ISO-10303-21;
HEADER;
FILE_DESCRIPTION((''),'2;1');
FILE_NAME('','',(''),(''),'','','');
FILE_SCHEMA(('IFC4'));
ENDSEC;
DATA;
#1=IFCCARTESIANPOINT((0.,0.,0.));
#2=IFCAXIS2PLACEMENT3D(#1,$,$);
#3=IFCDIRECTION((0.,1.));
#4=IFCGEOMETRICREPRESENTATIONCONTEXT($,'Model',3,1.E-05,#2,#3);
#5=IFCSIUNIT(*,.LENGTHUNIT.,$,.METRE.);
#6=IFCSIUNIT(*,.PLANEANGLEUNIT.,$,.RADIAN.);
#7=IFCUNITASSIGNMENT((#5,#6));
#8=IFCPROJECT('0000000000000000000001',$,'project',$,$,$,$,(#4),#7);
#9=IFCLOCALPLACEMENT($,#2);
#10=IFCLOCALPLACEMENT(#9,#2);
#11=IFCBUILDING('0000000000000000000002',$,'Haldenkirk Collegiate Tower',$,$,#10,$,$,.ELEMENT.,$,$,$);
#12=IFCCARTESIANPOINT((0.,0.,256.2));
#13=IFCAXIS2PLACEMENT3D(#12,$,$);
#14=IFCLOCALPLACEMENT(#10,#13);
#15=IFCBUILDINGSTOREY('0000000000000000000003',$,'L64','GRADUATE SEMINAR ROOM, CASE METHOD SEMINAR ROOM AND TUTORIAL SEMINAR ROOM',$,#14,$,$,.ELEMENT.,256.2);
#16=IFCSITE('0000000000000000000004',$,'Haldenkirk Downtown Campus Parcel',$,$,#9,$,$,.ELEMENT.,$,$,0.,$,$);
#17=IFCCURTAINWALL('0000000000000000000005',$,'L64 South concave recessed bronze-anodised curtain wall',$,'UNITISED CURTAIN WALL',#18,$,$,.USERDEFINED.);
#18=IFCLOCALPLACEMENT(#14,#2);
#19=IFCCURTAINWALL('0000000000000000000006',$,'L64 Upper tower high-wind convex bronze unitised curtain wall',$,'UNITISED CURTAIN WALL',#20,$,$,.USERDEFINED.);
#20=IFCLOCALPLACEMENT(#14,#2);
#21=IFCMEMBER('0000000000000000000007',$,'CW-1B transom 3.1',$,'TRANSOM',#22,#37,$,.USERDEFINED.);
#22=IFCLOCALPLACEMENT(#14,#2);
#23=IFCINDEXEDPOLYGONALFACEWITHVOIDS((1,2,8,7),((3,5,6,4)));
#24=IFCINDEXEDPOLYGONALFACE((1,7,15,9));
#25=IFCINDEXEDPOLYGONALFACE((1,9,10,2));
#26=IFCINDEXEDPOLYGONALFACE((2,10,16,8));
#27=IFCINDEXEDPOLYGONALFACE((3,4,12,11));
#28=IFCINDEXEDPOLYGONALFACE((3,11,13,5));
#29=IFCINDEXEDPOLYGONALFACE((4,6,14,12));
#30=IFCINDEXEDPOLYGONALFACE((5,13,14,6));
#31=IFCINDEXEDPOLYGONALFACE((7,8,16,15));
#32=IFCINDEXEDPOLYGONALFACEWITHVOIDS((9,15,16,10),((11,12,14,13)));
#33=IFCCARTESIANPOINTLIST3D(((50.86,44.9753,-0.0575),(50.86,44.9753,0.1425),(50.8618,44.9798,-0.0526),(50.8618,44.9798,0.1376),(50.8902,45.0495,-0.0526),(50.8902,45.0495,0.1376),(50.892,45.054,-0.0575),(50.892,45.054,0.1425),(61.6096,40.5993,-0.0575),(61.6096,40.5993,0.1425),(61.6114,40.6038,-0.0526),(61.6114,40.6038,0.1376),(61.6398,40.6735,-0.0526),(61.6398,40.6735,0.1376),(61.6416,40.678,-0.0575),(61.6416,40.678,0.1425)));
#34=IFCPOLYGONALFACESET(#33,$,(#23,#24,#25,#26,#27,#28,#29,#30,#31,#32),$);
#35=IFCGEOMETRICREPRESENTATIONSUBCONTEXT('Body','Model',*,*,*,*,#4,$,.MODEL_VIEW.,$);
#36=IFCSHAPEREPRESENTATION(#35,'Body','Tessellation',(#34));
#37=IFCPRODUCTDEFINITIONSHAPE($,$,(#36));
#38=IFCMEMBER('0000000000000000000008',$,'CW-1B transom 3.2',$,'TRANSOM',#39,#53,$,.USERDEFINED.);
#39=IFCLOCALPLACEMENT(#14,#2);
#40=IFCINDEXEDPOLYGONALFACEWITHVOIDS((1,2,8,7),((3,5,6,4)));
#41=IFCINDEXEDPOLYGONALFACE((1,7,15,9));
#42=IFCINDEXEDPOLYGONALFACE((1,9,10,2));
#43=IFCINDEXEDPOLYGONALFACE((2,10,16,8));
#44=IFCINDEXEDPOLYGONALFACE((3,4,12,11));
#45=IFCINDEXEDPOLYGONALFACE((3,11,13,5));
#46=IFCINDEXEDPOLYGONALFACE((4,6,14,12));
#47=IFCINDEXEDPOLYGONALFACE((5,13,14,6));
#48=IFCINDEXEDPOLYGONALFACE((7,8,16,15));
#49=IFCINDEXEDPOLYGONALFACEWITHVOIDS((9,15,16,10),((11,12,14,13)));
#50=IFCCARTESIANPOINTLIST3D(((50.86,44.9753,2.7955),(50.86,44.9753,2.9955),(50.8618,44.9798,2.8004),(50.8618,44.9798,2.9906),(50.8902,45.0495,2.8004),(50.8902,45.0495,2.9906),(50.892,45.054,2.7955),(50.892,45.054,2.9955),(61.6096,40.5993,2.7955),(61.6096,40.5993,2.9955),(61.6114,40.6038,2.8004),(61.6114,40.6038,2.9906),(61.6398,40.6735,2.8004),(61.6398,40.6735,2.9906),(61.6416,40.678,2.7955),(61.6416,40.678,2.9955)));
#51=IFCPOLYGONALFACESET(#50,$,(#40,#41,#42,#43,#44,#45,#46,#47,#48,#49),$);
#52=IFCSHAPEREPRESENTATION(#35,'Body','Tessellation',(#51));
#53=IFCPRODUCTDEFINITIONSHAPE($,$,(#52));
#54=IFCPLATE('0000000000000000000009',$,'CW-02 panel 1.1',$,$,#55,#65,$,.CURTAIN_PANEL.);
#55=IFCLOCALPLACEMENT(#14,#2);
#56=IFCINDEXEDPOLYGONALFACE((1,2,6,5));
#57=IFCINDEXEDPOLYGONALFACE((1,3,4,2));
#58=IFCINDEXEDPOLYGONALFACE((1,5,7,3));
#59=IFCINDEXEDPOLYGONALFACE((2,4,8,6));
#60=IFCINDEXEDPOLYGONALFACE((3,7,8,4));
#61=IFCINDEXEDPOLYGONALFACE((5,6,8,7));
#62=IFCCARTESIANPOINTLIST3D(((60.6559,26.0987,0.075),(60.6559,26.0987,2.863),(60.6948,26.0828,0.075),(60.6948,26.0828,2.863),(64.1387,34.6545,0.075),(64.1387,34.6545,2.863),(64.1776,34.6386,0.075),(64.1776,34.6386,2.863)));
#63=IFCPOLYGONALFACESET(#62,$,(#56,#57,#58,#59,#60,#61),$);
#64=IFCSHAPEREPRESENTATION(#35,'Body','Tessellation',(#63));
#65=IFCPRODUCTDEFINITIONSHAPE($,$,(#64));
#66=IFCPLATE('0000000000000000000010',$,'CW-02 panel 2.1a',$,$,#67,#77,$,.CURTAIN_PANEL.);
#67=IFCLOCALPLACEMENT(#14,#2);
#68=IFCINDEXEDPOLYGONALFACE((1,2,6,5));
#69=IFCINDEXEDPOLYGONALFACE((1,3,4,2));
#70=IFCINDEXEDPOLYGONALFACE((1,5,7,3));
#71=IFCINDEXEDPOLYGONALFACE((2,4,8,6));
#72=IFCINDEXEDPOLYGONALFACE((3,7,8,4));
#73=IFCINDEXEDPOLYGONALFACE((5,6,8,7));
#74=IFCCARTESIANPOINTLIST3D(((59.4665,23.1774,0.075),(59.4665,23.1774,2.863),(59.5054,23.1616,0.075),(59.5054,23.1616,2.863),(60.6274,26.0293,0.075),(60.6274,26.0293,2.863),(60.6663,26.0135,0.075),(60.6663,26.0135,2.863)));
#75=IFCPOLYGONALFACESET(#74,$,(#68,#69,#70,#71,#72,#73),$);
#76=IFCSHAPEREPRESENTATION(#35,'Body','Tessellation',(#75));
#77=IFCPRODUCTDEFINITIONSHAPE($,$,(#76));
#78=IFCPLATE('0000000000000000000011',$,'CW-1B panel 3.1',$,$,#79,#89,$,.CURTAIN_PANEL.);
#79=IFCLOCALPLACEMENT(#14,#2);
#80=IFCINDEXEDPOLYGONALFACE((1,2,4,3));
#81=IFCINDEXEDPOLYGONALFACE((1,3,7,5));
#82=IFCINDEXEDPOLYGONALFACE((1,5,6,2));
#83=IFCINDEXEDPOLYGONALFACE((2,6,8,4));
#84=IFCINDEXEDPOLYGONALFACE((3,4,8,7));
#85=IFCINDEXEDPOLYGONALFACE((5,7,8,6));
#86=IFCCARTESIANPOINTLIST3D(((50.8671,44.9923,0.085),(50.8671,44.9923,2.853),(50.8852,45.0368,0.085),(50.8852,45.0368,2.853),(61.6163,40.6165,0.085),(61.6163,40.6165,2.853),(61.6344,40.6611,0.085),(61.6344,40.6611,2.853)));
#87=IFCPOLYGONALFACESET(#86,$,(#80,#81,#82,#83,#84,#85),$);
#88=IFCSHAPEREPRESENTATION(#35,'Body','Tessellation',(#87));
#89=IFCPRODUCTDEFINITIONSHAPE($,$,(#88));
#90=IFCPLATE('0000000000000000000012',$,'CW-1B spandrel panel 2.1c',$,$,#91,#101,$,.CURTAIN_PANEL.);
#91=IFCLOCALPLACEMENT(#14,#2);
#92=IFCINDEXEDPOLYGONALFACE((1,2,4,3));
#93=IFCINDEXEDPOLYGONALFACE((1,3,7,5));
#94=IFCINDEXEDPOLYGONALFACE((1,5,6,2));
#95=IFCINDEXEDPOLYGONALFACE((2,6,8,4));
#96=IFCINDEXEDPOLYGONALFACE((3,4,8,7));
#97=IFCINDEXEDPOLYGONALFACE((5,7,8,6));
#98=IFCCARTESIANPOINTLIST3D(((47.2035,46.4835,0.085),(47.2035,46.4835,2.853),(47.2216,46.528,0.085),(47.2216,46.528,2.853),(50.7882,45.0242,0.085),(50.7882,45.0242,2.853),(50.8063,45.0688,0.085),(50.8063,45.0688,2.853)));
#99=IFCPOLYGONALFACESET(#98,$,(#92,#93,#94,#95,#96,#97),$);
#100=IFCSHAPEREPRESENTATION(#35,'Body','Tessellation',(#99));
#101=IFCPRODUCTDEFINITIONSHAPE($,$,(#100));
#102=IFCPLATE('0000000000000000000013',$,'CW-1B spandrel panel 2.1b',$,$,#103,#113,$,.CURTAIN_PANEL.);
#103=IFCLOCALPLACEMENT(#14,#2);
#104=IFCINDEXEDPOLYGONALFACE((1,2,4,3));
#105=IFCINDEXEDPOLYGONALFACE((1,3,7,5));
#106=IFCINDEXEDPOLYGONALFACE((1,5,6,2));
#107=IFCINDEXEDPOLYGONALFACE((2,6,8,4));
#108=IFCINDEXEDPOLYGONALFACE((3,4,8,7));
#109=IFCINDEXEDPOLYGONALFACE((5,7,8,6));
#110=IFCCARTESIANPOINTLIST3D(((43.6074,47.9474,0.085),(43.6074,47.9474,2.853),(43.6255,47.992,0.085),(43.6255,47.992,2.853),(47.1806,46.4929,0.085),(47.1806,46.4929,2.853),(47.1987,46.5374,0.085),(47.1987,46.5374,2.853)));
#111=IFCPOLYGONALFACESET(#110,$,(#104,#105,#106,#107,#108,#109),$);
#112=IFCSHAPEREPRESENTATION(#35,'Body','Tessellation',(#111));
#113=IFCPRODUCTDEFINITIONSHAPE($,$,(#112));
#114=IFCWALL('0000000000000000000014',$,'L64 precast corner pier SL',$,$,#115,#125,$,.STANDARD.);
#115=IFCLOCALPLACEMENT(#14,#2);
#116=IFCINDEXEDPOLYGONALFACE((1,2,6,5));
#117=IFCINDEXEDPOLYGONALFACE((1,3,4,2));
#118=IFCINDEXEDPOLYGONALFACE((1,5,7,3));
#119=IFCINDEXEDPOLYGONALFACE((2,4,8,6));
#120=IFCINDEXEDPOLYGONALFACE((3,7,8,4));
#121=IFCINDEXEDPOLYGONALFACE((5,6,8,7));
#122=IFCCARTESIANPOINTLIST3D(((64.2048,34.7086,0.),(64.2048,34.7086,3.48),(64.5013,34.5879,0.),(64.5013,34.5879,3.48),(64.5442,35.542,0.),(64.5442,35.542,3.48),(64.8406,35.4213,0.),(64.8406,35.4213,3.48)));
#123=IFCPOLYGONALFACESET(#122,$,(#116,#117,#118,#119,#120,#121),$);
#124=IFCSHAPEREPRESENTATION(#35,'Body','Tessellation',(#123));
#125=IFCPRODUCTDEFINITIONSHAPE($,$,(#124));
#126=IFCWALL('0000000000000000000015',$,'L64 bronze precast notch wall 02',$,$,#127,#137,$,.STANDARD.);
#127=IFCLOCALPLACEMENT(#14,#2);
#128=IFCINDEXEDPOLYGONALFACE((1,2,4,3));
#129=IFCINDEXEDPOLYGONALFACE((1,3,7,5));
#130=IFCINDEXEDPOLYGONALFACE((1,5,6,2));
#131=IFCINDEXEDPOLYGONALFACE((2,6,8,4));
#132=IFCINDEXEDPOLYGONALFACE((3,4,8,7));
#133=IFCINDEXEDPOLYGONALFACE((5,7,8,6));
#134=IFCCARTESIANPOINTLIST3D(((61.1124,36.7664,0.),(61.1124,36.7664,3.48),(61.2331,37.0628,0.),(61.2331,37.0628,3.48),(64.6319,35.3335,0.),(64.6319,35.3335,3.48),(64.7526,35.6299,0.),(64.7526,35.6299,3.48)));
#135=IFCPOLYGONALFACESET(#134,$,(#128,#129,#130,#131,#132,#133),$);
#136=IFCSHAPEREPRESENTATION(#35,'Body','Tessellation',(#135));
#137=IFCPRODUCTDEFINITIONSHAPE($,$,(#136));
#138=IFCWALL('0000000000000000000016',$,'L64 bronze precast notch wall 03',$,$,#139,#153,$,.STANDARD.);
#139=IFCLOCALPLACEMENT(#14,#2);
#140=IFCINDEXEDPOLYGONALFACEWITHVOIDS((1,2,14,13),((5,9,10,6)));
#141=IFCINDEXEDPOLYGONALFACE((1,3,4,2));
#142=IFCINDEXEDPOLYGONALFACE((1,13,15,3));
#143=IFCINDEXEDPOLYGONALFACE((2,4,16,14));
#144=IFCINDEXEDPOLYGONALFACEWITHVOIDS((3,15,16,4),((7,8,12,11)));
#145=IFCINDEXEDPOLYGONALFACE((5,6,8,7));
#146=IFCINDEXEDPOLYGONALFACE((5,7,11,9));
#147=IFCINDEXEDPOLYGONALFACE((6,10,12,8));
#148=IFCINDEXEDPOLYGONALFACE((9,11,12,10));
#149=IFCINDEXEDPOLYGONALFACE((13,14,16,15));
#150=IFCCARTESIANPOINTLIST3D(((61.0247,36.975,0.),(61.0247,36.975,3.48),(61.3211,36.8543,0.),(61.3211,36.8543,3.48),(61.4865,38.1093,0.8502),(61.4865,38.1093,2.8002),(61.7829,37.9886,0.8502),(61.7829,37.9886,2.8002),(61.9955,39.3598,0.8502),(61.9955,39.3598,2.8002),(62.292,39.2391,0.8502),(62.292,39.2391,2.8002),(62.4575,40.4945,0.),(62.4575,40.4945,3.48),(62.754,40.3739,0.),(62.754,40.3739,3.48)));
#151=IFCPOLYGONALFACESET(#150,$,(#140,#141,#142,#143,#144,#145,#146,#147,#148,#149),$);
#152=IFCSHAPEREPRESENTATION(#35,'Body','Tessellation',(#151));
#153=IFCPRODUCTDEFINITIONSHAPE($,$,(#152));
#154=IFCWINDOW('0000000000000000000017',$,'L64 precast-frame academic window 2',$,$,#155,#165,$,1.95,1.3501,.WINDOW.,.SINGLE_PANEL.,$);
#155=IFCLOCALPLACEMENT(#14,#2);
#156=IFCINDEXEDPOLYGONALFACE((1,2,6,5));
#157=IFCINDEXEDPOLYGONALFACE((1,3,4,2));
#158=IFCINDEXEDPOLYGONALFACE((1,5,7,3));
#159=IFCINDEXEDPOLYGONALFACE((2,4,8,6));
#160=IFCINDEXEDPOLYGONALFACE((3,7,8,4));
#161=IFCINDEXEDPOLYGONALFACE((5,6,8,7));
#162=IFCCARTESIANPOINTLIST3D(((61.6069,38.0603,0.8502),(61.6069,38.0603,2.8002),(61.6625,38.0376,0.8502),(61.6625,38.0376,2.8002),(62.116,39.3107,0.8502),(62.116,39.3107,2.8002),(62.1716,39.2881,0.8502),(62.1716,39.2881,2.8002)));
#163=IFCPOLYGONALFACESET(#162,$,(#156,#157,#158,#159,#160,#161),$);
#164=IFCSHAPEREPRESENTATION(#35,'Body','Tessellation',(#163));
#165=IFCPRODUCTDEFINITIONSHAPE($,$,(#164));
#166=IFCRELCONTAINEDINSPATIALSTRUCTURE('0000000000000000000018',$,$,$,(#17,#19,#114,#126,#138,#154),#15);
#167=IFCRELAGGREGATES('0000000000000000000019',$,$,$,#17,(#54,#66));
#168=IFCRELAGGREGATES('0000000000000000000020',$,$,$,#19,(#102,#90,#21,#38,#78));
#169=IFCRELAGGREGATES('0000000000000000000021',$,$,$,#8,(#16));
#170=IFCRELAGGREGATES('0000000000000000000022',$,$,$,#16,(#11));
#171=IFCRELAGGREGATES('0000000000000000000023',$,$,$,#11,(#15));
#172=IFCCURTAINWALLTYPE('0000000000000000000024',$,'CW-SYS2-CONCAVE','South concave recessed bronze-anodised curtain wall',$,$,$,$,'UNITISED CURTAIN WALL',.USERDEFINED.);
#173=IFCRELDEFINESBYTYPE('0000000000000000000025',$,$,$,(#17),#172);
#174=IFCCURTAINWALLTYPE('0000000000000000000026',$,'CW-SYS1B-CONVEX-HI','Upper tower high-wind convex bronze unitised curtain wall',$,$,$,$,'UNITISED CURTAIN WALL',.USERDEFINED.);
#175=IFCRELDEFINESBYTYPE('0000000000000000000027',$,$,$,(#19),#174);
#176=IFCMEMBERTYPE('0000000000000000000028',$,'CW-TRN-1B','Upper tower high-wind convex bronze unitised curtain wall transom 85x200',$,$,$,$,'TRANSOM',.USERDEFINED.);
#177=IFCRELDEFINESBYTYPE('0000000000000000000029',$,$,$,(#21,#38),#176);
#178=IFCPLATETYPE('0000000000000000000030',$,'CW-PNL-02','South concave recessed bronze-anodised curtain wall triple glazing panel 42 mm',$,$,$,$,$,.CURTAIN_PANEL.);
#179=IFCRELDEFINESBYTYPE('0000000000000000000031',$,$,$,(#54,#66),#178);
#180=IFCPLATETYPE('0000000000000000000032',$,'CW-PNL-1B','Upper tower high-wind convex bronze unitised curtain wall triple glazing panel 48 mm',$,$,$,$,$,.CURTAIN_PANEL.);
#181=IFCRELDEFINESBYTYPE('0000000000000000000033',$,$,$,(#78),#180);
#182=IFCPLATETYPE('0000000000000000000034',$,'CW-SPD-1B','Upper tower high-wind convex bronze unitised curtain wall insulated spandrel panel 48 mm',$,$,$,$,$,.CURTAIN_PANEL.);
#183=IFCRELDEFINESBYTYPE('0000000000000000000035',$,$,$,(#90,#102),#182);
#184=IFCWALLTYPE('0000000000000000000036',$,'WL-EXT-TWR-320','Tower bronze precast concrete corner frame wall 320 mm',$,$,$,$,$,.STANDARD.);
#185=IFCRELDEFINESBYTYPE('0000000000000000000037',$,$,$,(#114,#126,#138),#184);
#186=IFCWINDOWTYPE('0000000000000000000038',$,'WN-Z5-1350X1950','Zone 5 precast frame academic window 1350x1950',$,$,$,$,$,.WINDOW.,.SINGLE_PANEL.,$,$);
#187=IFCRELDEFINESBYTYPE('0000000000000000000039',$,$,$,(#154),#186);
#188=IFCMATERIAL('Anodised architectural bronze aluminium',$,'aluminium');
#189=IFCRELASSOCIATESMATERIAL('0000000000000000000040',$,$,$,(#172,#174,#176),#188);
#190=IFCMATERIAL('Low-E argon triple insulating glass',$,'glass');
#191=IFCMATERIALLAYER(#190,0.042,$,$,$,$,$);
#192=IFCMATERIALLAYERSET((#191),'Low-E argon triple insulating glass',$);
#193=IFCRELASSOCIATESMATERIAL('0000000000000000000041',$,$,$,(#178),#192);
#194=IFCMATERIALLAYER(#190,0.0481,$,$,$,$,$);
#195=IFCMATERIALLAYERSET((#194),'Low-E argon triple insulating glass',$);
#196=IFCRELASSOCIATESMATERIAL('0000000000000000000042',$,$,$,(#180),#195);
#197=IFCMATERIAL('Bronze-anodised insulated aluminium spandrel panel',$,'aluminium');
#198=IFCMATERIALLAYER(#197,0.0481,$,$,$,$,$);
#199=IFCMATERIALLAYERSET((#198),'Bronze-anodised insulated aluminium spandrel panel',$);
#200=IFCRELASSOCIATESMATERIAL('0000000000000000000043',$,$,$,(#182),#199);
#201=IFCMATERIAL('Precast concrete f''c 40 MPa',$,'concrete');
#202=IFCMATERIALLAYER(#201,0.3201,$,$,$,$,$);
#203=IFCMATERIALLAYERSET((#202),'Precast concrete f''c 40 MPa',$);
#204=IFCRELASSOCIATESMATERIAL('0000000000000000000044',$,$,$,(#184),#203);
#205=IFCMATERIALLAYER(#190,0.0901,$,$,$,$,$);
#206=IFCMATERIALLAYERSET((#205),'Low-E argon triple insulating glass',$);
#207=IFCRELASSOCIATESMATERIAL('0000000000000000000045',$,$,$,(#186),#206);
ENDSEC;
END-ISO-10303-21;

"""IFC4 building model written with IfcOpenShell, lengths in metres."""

from ifc_helpers import new_model, si_unit, direction, frame, frame_2d, origin, origin_2d, place, context, subcontext, project, spatial, rectangle, hollow_rectangle, extrude, source, transform, mapped, material, layer, layer_set, material_profile, profile_set, type_object, element, fill, aggregate, save


model = new_model("IFC4")

# Units and contexts
model_context = context("Model", 3, precision=1e-05, world=origin(), true_north=direction((0.0, 1.0)))
body_context = subcontext(model_context, "Body", "Model", "MODEL_VIEW")
ifc_project = project(units=[si_unit("LENGTHUNIT", "METRE"), si_unit("PLANEANGLEUNIT", "RADIAN")], contexts=[model_context])

# Site, building, storey
site_placement = place(None, origin())
site = spatial("IfcSite", under=ifc_project, at=site_placement, Name="Haldenkirk Downtown Campus Parcel", CompositionType="ELEMENT", RefElevation=0.0)
building_placement = place(site_placement, origin())
building = spatial("IfcBuilding", under=site, at=building_placement, Name="Haldenkirk Collegiate Tower", CompositionType="ELEMENT")
storey_placement = place(building_placement, frame((0.0, 0.0, 256.2)))
storey = spatial("IfcBuildingStorey", under=building, at=storey_placement, Name="L64", Description="GRADUATE SEMINAR ROOM, CASE METHOD SEMINAR ROOM AND TUTORIAL SEMINAR ROOM", CompositionType="ELEMENT", Elevation=256.2)

# Curtain walls
ifc_material_1 = material(Name="Anodised architectural bronze aluminium", Category="aluminium")
curtain_wall_type_1 = type_object("IfcCurtainWallType", Name="CW-SYS2-CONCAVE", Description="South concave recessed bronze-anodised curtain wall", ElementType="UNITISED CURTAIN WALL", PredefinedType="USERDEFINED", material=ifc_material_1)
curtain_wall_1_placement = place(storey_placement, origin())
curtain_wall_1 = element("IfcCurtainWall", 1, at=curtain_wall_1_placement, inside=storey, type_object=curtain_wall_type_1, Name="L64 South concave recessed bronze-anodised curtain wall", ObjectType="UNITISED CURTAIN WALL", PredefinedType="USERDEFINED")
curtain_wall_type_2 = type_object("IfcCurtainWallType", Name="CW-SYS1B-CONVEX-HI", Description="Upper tower high-wind convex bronze unitised curtain wall", ElementType="UNITISED CURTAIN WALL", PredefinedType="USERDEFINED", material=ifc_material_1)
curtain_wall_2_placement = place(storey_placement, origin())
curtain_wall_2 = element("IfcCurtainWall", 2, at=curtain_wall_2_placement, inside=storey, type_object=curtain_wall_type_2, Name="L64 Upper tower high-wind convex bronze unitised curtain wall", ObjectType="UNITISED CURTAIN WALL", PredefinedType="USERDEFINED")

# Members
ifc_material_profile_1 = material_profile(ifc_material_1, hollow_rectangle(XDim=0.085, YDim=0.2, WallThickness=0.0049, at=origin_2d()), Name="CW-TRN-1B")
ifc_profile_set_1 = profile_set([ifc_material_profile_1], Name="Anodised architectural bronze aluminium")
member_type_1 = type_object("IfcMemberType", Name="CW-TRN-1B", Description="Upper tower high-wind convex bronze unitised curtain wall transom 85x200", ElementType="TRANSOM", PredefinedType="USERDEFINED", material=ifc_profile_set_1)
member_1_placement = place(storey_placement, frame((50.876, 45.0146, 0.0425), z_axis=(0.926196, -0.377042, 0.0), x_axis=(0.377042, 0.926196, 0.0)))
member_1 = element("IfcMember", 3, at=member_1_placement, type_object=member_type_1, Name="CW-1B transom 3.1", ObjectType="TRANSOM", PredefinedType="USERDEFINED", context=body_context, shape_type="SweptSolid", body=[
    extrude(hollow_rectangle(XDim=0.085, YDim=0.2, WallThickness=0.0049, at=origin_2d()), origin(), (0.0, 0.0, 1.0), 11.6062),
])
member_2_placement = place(storey_placement, frame((50.876, 45.0146, 2.8955), z_axis=(0.926196, -0.377042, 0.0), x_axis=(0.377042, 0.926196, 0.0)))
member_2 = element("IfcMember", 4, at=member_2_placement, type_object=member_type_1, Name="CW-1B transom 3.2", ObjectType="TRANSOM", PredefinedType="USERDEFINED", context=body_context, shape_type="SweptSolid", body=[
    extrude(hollow_rectangle(XDim=0.085, YDim=0.2, WallThickness=0.0049, at=origin_2d()), origin(), (0.0, 0.0, 1.0), 11.6062),
])

# Plates
ifc_material_2 = material(Name="Low-E argon triple insulating glass", Category="glass")
ifc_layer_1 = layer(ifc_material_2, 0.042)
ifc_layer_set_1 = layer_set([ifc_layer_1], Name="Low-E argon triple insulating glass")
plate_type_1 = type_object("IfcPlateType", Name="CW-PNL-02", Description="South concave recessed bronze-anodised curtain wall triple glazing panel 42 mm", PredefinedType="CURTAIN_PANEL", material=ifc_layer_set_1)
shared_shape_1 = source(origin(), body_context, "Body", "SweptSolid", [
    extrude(rectangle(XDim=9.2375, YDim=0.042, at=origin_2d()), origin(), (0.0, 0.0, 1.0), 2.7881),
])
plate_1_placement = place(storey_placement, frame((62.4167, 30.3687, 0.075), z_axis=(0.0, 0.0, 1.0), x_axis=(-0.377032, -0.9262, 0.0)))
plate_1 = element("IfcPlate", 5, at=plate_1_placement, type_object=plate_type_1, Name="CW-02 panel 1.1", PredefinedType="CURTAIN_PANEL", context=body_context, shape_type="MappedRepresentation", body=[
    mapped(shared_shape_1, transform((0.0, 0.0, 0.0), x_axis=(1.0, 0.0, 0.0), y_axis=(0.0, 1.0, 0.0), z_axis=(0.0, 0.0, 1.0), scale=1.0)),
])
shared_shape_2 = source(origin(), body_context, "Body", "SweptSolid", [
    extrude(rectangle(XDim=3.0791, YDim=0.042, at=origin_2d()), origin(), (0.0, 0.0, 1.0), 2.7881),
])
plate_2_placement = place(storey_placement, frame((60.0664, 24.5955, 0.075), z_axis=(0.0, 0.0, 1.0), x_axis=(-0.377032, -0.9262, 0.0)))
plate_2 = element("IfcPlate", 6, at=plate_2_placement, type_object=plate_type_1, Name="CW-02 panel 2.1a", PredefinedType="CURTAIN_PANEL", context=body_context, shape_type="MappedRepresentation", body=[
    mapped(shared_shape_2, transform((0.0, 0.0, 0.0), x_axis=(1.0, 0.0, 0.0), y_axis=(0.0, 1.0, 0.0), z_axis=(0.0, 0.0, 1.0), scale=1.0)),
])
aggregate(curtain_wall_1, [plate_1, plate_2])
ifc_layer_2 = layer(ifc_material_2, 0.0481)
ifc_layer_set_2 = layer_set([ifc_layer_2], Name="Low-E argon triple insulating glass")
plate_type_2 = type_object("IfcPlateType", Name="CW-PNL-1B", Description="Upper tower high-wind convex bronze unitised curtain wall triple glazing panel 48 mm", PredefinedType="CURTAIN_PANEL", material=ifc_layer_set_2)
shared_shape_3 = source(origin(), body_context, "Body", "SweptSolid", [
    extrude(rectangle(XDim=11.6057, YDim=0.0481, at=origin_2d()), origin(), (0.0, 0.0, 1.0), 2.7681),
])
plate_3_placement = place(storey_placement, frame((56.2507, 42.8267, 0.085), z_axis=(0.0, 0.0, 1.0), x_axis=(0.926199, -0.377034, 0.0)))
plate_3 = element("IfcPlate", 7, at=plate_3_placement, type_object=plate_type_2, Name="CW-1B panel 3.1", PredefinedType="CURTAIN_PANEL", context=body_context, shape_type="MappedRepresentation", body=[
    mapped(shared_shape_3, transform((0.0, 0.0, 0.0), x_axis=(1.0, 0.0, 0.0), y_axis=(0.0, 1.0, 0.0), z_axis=(0.0, 0.0, 1.0), scale=1.0)),
])
ifc_material_3 = material(Name="Bronze-anodised insulated aluminium spandrel panel", Category="aluminium")
ifc_layer_3 = layer(ifc_material_3, 0.0481)
ifc_layer_set_3 = layer_set([ifc_layer_3], Name="Bronze-anodised insulated aluminium spandrel panel")
plate_type_3 = type_object("IfcPlateType", Name="CW-SPD-1B", Description="Upper tower high-wind convex bronze unitised curtain wall insulated spandrel panel 48 mm", PredefinedType="CURTAIN_PANEL", material=ifc_layer_set_3)
shared_shape_4 = source(origin(), body_context, "Body", "SweptSolid", [
    extrude(rectangle(XDim=3.8704, YDim=0.0481, at=origin_2d()), origin(), (0.0, 0.0, 1.0), 2.7681),
])
plate_4_placement = place(storey_placement, frame((49.0049, 45.7761, 0.085), z_axis=(0.0, 0.0, 1.0), x_axis=(0.926199, -0.377034, 0.0)))
plate_4 = element("IfcPlate", 8, at=plate_4_placement, type_object=plate_type_3, Name="CW-1B spandrel panel 2.1c", PredefinedType="CURTAIN_PANEL", context=body_context, shape_type="MappedRepresentation", body=[
    mapped(shared_shape_4, transform((0.0, 0.0, 0.0), x_axis=(1.0, 0.0, 0.0), y_axis=(0.0, 1.0, 0.0), z_axis=(0.0, 0.0, 1.0), scale=1.0)),
])
shared_shape_5 = source(origin(), body_context, "Body", "SweptSolid", [
    extrude(rectangle(XDim=3.8579, YDim=0.0481, at=origin_2d()), origin(), (0.0, 0.0, 1.0), 2.7681),
])
plate_5_placement = place(storey_placement, frame((45.4031, 47.2424, 0.085), z_axis=(0.0, 0.0, 1.0), x_axis=(0.926199, -0.377034, 0.0)))
plate_5 = element("IfcPlate", 9, at=plate_5_placement, type_object=plate_type_3, Name="CW-1B spandrel panel 2.1b", PredefinedType="CURTAIN_PANEL", context=body_context, shape_type="MappedRepresentation", body=[
    mapped(shared_shape_5, transform((0.0, 0.0, 0.0), x_axis=(1.0, 0.0, 0.0), y_axis=(0.0, 1.0, 0.0), z_axis=(0.0, 0.0, 1.0), scale=1.0)),
])
aggregate(curtain_wall_2, [plate_5, plate_4, member_1, member_2, plate_3])

# Walls
ifc_material_4 = material(Name="Precast concrete f'c 40 MPa", Category="concrete")
ifc_layer_4 = layer(ifc_material_4, 0.3201)
ifc_layer_set_4 = layer_set([ifc_layer_4], Name="Precast concrete f'c 40 MPa")
wall_type_1 = type_object("IfcWallType", Name="WL-EXT-TWR-320", Description="Tower bronze precast concrete corner frame wall 320 mm", PredefinedType="STANDARD", material=ifc_layer_set_4)
wall_1_placement = place(storey_placement, frame((64.6924, 35.4817, 0.0), z_axis=(0.0, 0.0, 1.0), x_axis=(-0.37709, -0.926177, 0.0)))
element("IfcWall", 10, at=wall_1_placement, inside=storey, type_object=wall_type_1, Name="L64 precast corner pier SL", PredefinedType="STANDARD", context=body_context, shape_type="SweptSolid", body=[
    extrude(rectangle(XDim=0.8999, YDim=0.3201, at=frame_2d((0.45, 0.0))), origin(), (0.0, 0.0, 1.0), 3.48),
])
wall_2_placement = place(storey_placement, frame((61.1729, 36.9146, 0.0), z_axis=(0.0, 0.0, 1.0), x_axis=(0.926186, -0.377066, 0.0)))
element("IfcWall", 11, at=wall_2_placement, inside=storey, type_object=wall_type_1, Name="L64 bronze precast notch wall 02", PredefinedType="STANDARD", context=body_context, shape_type="SweptSolid", body=[
    extrude(rectangle(XDim=3.8, YDim=0.3201, at=frame_2d((1.8999, 0.0))), origin(), (0.0, 0.0, 1.0), 3.48),
])

# Wall, opening, window
wall_3_placement = place(storey_placement, frame((62.6057, 40.4341, 0.0), z_axis=(0.0, 0.0, 1.0), x_axis=(-0.377066, -0.926186, 0.0)))
wall_3 = element("IfcWall", 12, at=wall_3_placement, inside=storey, type_object=wall_type_1, Name="L64 bronze precast notch wall 03", PredefinedType="STANDARD", context=body_context, shape_type="SweptSolid", body=[
    extrude(rectangle(XDim=3.8, YDim=0.3201, at=frame_2d((1.8999, 0.0))), origin(), (0.0, 0.0, 1.0), 3.48),
])
opening_1_placement = place(wall_3_placement, frame((1.2251, 0.0, 0.8501)))
opening_1 = element("IfcOpeningElement", 13, at=opening_1_placement, cuts=wall_3, PredefinedType="OPENING", context=body_context, shape_type="SweptSolid", body=[
    extrude(rectangle(XDim=1.3501, YDim=1.95, at=frame_2d((0.675, 0.9751))), frame((0.0, 0.1699, 0.0), z_axis=(0.0, -1.0, 0.0), x_axis=(1.0, 0.0, 0.0)), (0.0, 0.0, 1.0), 0.3401),
])
ifc_layer_5 = layer(ifc_material_2, 0.0901)
ifc_layer_set_5 = layer_set([ifc_layer_5], Name="Low-E argon triple insulating glass")
window_type = type_object("IfcWindowType", Name="WN-Z5-1350X1950", Description="Zone 5 precast frame academic window 1350x1950", PartitioningType="SINGLE_PANEL", PredefinedType="WINDOW", material=ifc_layer_set_5)
window_placement = place(opening_1_placement, origin())
window = element("IfcWindow", 14, at=window_placement, inside=storey, type_object=window_type, Name="L64 precast-frame academic window 2", OverallHeight=1.95, OverallWidth=1.3501, PartitioningType="SINGLE_PANEL", PredefinedType="WINDOW", context=body_context, shape_type="SweptSolid", body=[
    extrude(rectangle(XDim=1.3501, YDim=1.95, at=frame_2d((0.675, 0.9751))), frame((0.0, 0.03, 0.0), z_axis=(0.0, -1.0, 0.0), x_axis=(1.0, 0.0, 0.0)), (0.0, 0.0, 1.0), 0.0601),
])
fill(opening_1, window)

save(model, "model.ifc")
